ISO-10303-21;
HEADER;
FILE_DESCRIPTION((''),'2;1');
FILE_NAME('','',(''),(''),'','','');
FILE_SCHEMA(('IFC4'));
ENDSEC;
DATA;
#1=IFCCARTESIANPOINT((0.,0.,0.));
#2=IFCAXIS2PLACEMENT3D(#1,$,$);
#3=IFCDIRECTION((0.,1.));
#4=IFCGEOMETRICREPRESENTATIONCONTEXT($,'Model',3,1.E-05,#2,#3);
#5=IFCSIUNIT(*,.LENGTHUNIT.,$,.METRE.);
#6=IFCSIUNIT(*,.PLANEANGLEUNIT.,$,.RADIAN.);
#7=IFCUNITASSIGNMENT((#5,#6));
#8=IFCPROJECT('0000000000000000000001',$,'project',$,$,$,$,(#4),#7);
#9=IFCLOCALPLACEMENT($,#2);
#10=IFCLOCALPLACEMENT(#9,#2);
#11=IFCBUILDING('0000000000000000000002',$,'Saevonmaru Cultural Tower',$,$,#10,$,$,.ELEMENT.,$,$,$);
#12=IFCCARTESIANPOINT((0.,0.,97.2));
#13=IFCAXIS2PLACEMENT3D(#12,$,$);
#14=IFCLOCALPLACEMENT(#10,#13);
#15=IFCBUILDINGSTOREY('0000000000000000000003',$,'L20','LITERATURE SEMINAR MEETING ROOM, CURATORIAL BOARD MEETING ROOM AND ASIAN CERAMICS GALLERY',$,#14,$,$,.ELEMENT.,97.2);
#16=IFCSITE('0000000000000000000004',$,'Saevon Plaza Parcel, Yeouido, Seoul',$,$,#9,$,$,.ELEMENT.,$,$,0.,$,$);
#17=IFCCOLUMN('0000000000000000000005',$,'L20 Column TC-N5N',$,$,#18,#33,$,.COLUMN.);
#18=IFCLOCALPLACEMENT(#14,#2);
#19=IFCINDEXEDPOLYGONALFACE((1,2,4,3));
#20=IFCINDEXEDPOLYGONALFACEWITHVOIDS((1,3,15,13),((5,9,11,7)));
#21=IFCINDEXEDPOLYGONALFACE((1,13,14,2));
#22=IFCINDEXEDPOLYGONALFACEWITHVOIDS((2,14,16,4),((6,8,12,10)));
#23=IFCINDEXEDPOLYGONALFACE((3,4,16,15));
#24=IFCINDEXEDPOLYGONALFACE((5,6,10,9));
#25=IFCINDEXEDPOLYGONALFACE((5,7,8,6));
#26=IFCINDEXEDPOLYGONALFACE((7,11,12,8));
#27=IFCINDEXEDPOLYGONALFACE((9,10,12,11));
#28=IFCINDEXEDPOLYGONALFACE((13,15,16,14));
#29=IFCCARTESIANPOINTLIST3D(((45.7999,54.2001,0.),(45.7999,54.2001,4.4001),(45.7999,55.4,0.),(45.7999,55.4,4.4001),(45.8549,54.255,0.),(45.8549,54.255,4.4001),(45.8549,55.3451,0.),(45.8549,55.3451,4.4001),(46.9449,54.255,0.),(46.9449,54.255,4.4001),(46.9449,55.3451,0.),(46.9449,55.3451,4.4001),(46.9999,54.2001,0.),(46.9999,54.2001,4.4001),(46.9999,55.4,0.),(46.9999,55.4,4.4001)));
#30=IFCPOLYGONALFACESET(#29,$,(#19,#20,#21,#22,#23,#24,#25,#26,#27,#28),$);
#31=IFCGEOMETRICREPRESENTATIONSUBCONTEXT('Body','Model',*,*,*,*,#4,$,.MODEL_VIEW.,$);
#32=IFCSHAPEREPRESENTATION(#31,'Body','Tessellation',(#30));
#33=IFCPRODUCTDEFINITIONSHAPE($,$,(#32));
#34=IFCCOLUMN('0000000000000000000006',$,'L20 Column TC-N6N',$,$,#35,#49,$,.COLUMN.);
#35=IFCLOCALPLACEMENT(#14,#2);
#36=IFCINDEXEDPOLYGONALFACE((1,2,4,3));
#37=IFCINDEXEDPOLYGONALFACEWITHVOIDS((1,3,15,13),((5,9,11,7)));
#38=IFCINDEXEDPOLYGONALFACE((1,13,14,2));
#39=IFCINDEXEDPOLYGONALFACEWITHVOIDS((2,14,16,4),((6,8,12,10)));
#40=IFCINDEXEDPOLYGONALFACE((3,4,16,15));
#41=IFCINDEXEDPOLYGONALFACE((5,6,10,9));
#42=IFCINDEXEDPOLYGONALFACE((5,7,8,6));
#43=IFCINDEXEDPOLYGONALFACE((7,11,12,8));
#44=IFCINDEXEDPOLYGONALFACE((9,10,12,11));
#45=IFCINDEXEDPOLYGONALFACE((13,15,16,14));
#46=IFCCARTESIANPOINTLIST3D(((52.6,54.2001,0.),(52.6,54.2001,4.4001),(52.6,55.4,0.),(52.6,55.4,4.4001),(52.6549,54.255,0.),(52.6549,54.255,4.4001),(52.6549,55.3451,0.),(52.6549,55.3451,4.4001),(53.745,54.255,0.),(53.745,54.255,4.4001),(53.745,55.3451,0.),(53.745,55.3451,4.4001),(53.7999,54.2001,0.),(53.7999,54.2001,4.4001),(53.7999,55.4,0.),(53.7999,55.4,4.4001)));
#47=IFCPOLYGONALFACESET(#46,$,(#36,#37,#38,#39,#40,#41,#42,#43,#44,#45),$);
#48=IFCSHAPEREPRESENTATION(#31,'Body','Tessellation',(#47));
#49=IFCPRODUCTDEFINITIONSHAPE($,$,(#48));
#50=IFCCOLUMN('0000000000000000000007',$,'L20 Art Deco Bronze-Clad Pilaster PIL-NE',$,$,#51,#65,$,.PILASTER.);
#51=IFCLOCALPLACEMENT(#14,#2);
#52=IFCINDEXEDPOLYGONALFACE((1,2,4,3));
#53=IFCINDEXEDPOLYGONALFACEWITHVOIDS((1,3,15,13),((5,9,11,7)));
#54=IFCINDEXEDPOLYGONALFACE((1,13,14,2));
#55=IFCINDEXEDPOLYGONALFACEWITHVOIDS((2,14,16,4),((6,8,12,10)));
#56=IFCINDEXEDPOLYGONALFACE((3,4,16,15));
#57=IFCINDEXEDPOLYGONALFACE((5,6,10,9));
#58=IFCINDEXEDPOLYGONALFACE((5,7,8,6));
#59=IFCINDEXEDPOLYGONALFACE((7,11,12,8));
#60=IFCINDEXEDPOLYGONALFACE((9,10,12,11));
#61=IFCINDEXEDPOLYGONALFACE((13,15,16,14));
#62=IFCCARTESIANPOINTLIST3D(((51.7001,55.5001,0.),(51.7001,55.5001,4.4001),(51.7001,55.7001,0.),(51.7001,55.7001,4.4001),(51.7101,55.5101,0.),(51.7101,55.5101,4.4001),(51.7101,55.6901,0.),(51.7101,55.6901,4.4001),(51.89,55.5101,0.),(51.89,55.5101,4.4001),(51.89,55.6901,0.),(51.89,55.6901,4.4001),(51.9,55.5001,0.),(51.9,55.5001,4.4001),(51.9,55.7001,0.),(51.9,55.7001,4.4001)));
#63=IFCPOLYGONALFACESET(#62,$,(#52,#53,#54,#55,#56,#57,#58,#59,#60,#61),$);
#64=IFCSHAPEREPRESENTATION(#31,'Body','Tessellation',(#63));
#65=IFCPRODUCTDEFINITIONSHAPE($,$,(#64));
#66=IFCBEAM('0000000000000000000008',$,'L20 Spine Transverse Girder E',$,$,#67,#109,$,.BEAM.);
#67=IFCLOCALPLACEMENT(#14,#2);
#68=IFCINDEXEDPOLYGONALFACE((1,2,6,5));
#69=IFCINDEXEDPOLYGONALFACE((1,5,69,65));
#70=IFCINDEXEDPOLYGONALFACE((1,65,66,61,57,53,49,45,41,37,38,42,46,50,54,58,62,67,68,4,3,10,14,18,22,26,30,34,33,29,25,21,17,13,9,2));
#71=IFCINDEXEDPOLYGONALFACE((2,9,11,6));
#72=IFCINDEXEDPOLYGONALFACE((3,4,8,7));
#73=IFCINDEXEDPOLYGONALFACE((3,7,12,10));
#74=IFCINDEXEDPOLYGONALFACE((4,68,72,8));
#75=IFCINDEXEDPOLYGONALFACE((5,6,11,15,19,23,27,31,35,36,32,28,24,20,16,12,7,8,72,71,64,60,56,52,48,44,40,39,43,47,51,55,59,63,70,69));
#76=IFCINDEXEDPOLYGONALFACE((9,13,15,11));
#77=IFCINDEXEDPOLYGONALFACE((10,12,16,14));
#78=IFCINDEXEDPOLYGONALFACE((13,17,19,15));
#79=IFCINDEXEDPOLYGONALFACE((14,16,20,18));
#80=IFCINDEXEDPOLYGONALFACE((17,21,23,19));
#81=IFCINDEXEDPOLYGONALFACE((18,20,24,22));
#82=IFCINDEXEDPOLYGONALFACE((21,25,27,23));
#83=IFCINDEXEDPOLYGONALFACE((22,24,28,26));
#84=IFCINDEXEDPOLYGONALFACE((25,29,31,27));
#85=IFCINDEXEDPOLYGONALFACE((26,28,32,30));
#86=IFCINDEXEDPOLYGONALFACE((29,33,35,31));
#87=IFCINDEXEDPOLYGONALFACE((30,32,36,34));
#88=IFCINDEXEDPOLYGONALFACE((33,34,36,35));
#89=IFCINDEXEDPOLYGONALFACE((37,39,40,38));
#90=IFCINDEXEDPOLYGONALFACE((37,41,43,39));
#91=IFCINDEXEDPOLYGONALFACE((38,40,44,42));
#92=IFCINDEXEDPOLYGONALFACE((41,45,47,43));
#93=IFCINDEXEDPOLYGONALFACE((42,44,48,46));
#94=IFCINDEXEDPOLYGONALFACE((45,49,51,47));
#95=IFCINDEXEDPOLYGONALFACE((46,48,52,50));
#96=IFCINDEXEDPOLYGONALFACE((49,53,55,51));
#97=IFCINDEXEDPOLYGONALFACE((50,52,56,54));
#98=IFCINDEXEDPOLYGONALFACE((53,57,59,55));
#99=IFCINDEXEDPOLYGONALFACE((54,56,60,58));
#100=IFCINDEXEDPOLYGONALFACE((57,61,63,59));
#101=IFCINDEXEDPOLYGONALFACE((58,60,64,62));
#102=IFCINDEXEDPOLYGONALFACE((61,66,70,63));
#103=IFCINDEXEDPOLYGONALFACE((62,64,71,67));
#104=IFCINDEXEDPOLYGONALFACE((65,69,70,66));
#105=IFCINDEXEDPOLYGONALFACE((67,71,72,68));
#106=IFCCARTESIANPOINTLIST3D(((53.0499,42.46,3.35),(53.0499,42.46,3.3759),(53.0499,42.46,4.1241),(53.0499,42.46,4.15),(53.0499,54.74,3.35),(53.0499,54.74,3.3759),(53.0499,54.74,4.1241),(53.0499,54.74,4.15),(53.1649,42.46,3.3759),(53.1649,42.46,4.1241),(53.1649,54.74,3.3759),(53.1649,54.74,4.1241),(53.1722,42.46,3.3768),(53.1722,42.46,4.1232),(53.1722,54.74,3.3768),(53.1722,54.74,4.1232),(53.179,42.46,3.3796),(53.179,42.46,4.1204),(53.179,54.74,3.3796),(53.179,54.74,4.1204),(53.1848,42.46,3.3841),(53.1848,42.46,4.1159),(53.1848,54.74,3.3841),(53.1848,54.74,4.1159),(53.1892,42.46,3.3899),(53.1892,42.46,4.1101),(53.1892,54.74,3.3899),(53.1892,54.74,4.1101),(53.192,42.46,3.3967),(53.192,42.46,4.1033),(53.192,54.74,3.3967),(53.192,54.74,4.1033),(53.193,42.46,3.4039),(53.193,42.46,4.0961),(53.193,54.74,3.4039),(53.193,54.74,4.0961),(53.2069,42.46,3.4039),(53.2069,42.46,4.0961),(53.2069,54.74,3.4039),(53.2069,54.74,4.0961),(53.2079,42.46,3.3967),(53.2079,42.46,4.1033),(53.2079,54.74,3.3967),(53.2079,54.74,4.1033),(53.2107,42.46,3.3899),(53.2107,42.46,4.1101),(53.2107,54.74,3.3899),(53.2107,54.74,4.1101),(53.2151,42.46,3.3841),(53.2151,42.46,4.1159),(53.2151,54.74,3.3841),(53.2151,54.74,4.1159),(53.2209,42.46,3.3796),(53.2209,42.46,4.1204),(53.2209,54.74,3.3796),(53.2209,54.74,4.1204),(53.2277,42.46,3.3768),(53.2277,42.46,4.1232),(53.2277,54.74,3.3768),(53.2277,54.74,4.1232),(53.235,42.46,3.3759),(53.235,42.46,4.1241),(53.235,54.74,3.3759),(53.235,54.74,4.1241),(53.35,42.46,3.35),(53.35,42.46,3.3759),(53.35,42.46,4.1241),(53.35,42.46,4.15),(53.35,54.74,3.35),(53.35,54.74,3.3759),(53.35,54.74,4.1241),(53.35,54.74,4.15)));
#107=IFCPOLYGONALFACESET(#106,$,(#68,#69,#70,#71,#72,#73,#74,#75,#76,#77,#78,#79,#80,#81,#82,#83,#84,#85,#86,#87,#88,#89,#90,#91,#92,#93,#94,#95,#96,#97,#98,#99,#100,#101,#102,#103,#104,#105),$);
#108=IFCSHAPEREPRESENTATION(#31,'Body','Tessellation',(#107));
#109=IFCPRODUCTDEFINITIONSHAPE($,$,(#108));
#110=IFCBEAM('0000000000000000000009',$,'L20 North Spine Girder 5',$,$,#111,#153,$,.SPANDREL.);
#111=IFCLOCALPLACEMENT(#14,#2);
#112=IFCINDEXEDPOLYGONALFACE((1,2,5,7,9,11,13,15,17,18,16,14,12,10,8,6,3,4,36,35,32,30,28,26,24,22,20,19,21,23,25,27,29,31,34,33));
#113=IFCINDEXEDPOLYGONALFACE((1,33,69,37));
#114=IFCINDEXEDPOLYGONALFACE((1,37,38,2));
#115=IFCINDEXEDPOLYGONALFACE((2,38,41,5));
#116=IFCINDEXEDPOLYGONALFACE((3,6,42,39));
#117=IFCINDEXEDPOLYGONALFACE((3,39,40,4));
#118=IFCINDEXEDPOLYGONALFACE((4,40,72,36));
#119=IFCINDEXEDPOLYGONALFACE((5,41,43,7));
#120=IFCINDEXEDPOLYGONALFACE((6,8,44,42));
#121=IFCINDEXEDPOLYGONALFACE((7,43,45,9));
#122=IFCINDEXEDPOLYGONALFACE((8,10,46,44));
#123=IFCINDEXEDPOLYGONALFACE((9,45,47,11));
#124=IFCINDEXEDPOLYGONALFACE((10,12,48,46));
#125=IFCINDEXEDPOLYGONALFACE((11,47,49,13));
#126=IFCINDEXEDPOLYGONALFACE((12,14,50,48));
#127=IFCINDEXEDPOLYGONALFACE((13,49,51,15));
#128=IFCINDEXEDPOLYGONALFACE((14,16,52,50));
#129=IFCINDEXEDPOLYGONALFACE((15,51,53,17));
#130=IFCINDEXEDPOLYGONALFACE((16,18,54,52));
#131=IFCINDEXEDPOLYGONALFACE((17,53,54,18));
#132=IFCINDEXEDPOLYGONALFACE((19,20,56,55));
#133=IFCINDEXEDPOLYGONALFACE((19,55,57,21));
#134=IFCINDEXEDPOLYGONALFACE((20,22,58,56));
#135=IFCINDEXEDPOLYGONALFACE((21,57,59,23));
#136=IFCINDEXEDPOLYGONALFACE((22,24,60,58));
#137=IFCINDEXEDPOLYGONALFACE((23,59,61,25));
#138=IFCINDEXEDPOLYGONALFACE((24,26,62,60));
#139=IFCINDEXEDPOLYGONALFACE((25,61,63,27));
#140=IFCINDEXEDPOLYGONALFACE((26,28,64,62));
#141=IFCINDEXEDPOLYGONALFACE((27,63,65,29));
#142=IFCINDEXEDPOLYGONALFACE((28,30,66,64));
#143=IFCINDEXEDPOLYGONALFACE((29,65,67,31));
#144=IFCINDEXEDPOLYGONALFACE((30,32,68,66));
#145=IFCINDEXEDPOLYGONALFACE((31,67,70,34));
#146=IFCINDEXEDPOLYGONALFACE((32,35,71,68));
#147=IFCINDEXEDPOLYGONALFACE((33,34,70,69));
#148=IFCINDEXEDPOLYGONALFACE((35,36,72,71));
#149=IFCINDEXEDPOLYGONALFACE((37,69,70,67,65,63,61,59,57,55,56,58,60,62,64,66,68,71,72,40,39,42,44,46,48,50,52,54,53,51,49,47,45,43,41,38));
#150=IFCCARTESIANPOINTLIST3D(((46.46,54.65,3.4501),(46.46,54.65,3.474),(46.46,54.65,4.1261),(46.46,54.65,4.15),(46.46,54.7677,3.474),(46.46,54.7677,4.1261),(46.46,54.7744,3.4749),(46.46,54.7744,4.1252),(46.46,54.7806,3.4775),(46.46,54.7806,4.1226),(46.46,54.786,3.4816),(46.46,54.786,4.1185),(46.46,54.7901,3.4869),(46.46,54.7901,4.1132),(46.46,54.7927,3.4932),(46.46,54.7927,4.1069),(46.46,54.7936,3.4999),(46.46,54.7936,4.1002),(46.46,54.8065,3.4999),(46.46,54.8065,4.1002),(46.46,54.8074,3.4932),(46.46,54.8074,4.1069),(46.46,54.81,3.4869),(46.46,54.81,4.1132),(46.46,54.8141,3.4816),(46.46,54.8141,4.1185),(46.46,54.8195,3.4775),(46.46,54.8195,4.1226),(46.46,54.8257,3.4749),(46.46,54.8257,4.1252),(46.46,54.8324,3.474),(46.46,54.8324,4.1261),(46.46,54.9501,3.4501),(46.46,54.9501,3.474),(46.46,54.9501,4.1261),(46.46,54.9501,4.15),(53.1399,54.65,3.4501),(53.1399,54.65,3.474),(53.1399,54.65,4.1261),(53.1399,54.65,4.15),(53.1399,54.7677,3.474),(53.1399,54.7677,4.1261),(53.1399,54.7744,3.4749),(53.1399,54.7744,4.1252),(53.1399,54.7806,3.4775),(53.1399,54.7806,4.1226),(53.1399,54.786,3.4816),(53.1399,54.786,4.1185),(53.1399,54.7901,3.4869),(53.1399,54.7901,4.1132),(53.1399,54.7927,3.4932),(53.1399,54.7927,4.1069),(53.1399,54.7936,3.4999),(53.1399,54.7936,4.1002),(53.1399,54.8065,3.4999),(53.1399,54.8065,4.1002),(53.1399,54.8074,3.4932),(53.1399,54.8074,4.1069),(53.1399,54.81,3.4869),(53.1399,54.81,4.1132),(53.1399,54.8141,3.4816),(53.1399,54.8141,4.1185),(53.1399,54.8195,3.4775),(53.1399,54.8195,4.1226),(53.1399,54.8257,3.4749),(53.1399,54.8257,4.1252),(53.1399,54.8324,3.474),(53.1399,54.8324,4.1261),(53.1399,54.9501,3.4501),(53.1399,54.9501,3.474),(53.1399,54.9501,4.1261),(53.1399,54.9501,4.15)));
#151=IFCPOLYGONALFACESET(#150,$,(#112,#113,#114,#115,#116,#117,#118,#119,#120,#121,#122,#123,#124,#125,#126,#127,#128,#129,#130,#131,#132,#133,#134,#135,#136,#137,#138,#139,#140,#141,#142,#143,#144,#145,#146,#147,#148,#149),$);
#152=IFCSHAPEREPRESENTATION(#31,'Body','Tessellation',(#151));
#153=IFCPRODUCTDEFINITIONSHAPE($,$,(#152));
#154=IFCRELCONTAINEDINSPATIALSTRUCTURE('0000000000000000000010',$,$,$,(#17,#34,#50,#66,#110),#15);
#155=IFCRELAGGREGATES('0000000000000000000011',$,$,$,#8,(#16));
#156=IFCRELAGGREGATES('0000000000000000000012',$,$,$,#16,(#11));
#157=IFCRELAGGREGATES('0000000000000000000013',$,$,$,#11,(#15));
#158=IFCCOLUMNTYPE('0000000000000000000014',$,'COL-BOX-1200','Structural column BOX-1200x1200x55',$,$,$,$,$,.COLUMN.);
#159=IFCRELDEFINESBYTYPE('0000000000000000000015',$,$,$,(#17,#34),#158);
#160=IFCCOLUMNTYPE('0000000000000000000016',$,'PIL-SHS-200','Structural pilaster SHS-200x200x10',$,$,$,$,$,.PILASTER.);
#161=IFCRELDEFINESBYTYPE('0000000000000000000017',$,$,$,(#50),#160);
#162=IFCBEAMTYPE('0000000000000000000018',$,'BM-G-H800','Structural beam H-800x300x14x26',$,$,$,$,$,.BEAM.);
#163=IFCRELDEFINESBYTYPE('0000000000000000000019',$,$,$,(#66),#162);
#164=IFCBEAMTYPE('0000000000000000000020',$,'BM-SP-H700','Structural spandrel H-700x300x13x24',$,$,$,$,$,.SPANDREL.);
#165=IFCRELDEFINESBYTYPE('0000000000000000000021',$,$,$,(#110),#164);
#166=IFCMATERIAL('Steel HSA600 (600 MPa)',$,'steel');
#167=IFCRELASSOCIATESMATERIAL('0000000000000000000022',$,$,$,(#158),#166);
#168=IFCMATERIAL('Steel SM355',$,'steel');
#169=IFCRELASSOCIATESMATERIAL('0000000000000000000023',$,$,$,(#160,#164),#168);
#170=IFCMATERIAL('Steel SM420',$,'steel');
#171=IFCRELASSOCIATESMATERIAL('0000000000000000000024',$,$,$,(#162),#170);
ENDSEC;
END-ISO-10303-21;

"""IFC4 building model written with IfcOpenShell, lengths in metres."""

from ifc_helpers import new_model, si_unit, direction, frame, origin, origin_2d, place, context, subcontext, project, spatial, hollow_rectangle, i_section, extrude, material, material_profile, profile_set, type_object, element, save


model = new_model("IFC4")

# Units and contexts
model_context = context("Model", 3, precision=1e-05, world=origin(), true_north=direction((0.0, 1.0)))
body_context = subcontext(model_context, "Body", "Model", "MODEL_VIEW")
ifc_project = project(units=[si_unit("LENGTHUNIT", "METRE"), si_unit("PLANEANGLEUNIT", "RADIAN")], contexts=[model_context])

# Site, building, storey
site_placement = place(None, origin())
site = spatial("IfcSite", under=ifc_project, at=site_placement, Name="Saevon Plaza Parcel, Yeouido, Seoul", CompositionType="ELEMENT", RefElevation=0.0)
building_placement = place(site_placement, origin())
building = spatial("IfcBuilding", under=site, at=building_placement, Name="Saevonmaru Cultural Tower", CompositionType="ELEMENT")
storey_placement = place(building_placement, frame((0.0, 0.0, 97.2)))
storey = spatial("IfcBuildingStorey", under=building, at=storey_placement, Name="L20", Description="LITERATURE SEMINAR MEETING ROOM, CURATORIAL BOARD MEETING ROOM AND ASIAN CERAMICS GALLERY", CompositionType="ELEMENT", Elevation=97.2)

# Columns
ifc_material_1 = material(Name="Steel HSA600 (600 MPa)", Category="steel")
ifc_material_profile_1 = material_profile(ifc_material_1, hollow_rectangle(XDim=1.2, YDim=1.2, WallThickness=0.0549, at=origin_2d()), Name="BOX-1200x1200x55")
ifc_profile_set_1 = profile_set([ifc_material_profile_1], Name="Steel HSA600 (600 MPa)")
column_type_1 = type_object("IfcColumnType", Name="COL-BOX-1200", Description="Structural column BOX-1200x1200x55", PredefinedType="COLUMN", material=ifc_profile_set_1)
for number, where, z_axis, x_axis, name in (
    (1, (46.3999, 54.8, 0.0), (0.0, 0.0, 1.0), (1.0, 0.0, 0.0), "L20 Column TC-N5N"),
    (2, (53.2, 54.8, 0.0), (0.0, 0.0, 1.0), (1.0, 0.0, 0.0), "L20 Column TC-N6N"),
):
    element("IfcColumn", number, at=place(storey_placement, frame(where, z_axis=z_axis, x_axis=x_axis)), inside=storey, type_object=column_type_1, Name=name, PredefinedType="COLUMN", context=body_context, shape_type="SweptSolid", body=[
        extrude(hollow_rectangle(XDim=1.2, YDim=1.2, WallThickness=0.0549, at=origin_2d()), origin(), (0.0, 0.0, 1.0), 4.4001),
    ])
ifc_material_2 = material(Name="Steel SM355", Category="steel")
ifc_material_profile_2 = material_profile(ifc_material_2, hollow_rectangle(XDim=0.2, YDim=0.2, WallThickness=0.01, at=origin_2d()), Name="SHS-200x200x10")
ifc_profile_set_2 = profile_set([ifc_material_profile_2], Name="Steel SM355")
column_type_2 = type_object("IfcColumnType", Name="PIL-SHS-200", Description="Structural pilaster SHS-200x200x10", PredefinedType="PILASTER", material=ifc_profile_set_2)
column_placement = place(storey_placement, frame((51.8, 55.6001, 0.0), z_axis=(0.0, 0.0, 1.0), x_axis=(1.0, 0.0, 0.0)))
element("IfcColumn", 3, at=column_placement, inside=storey, type_object=column_type_2, Name="L20 Art Deco Bronze-Clad Pilaster PIL-NE", PredefinedType="PILASTER", context=body_context, shape_type="SweptSolid", body=[
    extrude(hollow_rectangle(XDim=0.2, YDim=0.2, WallThickness=0.01, at=origin_2d()), origin(), (0.0, 0.0, 1.0), 4.4001),
])

# Beams
ifc_material_3 = material(Name="Steel SM420", Category="steel")
ifc_material_profile_3 = material_profile(ifc_material_3, i_section(OverallWidth=0.3, OverallDepth=0.8, WebThickness=0.0139, FlangeThickness=0.0259, FilletRadius=0.0281, at=origin_2d()), Name="H-800x300x14x26")
ifc_profile_set_3 = profile_set([ifc_material_profile_3], Name="Steel SM420")
beam_type_1 = type_object("IfcBeamType", Name="BM-G-H800", Description="Structural beam H-800x300x14x26", PredefinedType="BEAM", material=ifc_profile_set_3)
beam_1_placement = place(storey_placement, frame((53.2, 54.74, 3.75), z_axis=(0.0, -1.0, 0.0), x_axis=(1.0, 0.0, 0.0)))
element("IfcBeam", 4, at=beam_1_placement, inside=storey, type_object=beam_type_1, Name="L20 Spine Transverse Girder E", PredefinedType="BEAM", context=body_context, shape_type="SweptSolid", body=[
    extrude(i_section(OverallWidth=0.3, OverallDepth=0.8, WebThickness=0.0139, FlangeThickness=0.0259, FilletRadius=0.0281, at=origin_2d()), origin(), (0.0, 0.0, 1.0), 12.28),
])
ifc_material_profile_4 = material_profile(ifc_material_2, i_section(OverallWidth=0.3, OverallDepth=0.7, WebThickness=0.0129, FlangeThickness=0.0239, FilletRadius=0.0259, at=origin_2d()), Name="H-700x300x13x24")
ifc_profile_set_4 = profile_set([ifc_material_profile_4], Name="Steel SM355")
beam_type_2 = type_object("IfcBeamType", Name="BM-SP-H700", Description="Structural spandrel H-700x300x13x24", PredefinedType="SPANDREL", material=ifc_profile_set_4)
beam_2_placement = place(storey_placement, frame((46.46, 54.8, 3.8), z_axis=(1.0, 0.0, 0.0), x_axis=(0.0, 1.0, 0.0)))
element("IfcBeam", 5, at=beam_2_placement, inside=storey, type_object=beam_type_2, Name="L20 North Spine Girder 5", PredefinedType="SPANDREL", context=body_context, shape_type="SweptSolid", body=[
    extrude(i_section(OverallWidth=0.3, OverallDepth=0.7, WebThickness=0.0129, FlangeThickness=0.0239, FilletRadius=0.0259, at=origin_2d()), origin(), (0.0, 0.0, 1.0), 6.6799),
])

save(model, "model.ifc")
